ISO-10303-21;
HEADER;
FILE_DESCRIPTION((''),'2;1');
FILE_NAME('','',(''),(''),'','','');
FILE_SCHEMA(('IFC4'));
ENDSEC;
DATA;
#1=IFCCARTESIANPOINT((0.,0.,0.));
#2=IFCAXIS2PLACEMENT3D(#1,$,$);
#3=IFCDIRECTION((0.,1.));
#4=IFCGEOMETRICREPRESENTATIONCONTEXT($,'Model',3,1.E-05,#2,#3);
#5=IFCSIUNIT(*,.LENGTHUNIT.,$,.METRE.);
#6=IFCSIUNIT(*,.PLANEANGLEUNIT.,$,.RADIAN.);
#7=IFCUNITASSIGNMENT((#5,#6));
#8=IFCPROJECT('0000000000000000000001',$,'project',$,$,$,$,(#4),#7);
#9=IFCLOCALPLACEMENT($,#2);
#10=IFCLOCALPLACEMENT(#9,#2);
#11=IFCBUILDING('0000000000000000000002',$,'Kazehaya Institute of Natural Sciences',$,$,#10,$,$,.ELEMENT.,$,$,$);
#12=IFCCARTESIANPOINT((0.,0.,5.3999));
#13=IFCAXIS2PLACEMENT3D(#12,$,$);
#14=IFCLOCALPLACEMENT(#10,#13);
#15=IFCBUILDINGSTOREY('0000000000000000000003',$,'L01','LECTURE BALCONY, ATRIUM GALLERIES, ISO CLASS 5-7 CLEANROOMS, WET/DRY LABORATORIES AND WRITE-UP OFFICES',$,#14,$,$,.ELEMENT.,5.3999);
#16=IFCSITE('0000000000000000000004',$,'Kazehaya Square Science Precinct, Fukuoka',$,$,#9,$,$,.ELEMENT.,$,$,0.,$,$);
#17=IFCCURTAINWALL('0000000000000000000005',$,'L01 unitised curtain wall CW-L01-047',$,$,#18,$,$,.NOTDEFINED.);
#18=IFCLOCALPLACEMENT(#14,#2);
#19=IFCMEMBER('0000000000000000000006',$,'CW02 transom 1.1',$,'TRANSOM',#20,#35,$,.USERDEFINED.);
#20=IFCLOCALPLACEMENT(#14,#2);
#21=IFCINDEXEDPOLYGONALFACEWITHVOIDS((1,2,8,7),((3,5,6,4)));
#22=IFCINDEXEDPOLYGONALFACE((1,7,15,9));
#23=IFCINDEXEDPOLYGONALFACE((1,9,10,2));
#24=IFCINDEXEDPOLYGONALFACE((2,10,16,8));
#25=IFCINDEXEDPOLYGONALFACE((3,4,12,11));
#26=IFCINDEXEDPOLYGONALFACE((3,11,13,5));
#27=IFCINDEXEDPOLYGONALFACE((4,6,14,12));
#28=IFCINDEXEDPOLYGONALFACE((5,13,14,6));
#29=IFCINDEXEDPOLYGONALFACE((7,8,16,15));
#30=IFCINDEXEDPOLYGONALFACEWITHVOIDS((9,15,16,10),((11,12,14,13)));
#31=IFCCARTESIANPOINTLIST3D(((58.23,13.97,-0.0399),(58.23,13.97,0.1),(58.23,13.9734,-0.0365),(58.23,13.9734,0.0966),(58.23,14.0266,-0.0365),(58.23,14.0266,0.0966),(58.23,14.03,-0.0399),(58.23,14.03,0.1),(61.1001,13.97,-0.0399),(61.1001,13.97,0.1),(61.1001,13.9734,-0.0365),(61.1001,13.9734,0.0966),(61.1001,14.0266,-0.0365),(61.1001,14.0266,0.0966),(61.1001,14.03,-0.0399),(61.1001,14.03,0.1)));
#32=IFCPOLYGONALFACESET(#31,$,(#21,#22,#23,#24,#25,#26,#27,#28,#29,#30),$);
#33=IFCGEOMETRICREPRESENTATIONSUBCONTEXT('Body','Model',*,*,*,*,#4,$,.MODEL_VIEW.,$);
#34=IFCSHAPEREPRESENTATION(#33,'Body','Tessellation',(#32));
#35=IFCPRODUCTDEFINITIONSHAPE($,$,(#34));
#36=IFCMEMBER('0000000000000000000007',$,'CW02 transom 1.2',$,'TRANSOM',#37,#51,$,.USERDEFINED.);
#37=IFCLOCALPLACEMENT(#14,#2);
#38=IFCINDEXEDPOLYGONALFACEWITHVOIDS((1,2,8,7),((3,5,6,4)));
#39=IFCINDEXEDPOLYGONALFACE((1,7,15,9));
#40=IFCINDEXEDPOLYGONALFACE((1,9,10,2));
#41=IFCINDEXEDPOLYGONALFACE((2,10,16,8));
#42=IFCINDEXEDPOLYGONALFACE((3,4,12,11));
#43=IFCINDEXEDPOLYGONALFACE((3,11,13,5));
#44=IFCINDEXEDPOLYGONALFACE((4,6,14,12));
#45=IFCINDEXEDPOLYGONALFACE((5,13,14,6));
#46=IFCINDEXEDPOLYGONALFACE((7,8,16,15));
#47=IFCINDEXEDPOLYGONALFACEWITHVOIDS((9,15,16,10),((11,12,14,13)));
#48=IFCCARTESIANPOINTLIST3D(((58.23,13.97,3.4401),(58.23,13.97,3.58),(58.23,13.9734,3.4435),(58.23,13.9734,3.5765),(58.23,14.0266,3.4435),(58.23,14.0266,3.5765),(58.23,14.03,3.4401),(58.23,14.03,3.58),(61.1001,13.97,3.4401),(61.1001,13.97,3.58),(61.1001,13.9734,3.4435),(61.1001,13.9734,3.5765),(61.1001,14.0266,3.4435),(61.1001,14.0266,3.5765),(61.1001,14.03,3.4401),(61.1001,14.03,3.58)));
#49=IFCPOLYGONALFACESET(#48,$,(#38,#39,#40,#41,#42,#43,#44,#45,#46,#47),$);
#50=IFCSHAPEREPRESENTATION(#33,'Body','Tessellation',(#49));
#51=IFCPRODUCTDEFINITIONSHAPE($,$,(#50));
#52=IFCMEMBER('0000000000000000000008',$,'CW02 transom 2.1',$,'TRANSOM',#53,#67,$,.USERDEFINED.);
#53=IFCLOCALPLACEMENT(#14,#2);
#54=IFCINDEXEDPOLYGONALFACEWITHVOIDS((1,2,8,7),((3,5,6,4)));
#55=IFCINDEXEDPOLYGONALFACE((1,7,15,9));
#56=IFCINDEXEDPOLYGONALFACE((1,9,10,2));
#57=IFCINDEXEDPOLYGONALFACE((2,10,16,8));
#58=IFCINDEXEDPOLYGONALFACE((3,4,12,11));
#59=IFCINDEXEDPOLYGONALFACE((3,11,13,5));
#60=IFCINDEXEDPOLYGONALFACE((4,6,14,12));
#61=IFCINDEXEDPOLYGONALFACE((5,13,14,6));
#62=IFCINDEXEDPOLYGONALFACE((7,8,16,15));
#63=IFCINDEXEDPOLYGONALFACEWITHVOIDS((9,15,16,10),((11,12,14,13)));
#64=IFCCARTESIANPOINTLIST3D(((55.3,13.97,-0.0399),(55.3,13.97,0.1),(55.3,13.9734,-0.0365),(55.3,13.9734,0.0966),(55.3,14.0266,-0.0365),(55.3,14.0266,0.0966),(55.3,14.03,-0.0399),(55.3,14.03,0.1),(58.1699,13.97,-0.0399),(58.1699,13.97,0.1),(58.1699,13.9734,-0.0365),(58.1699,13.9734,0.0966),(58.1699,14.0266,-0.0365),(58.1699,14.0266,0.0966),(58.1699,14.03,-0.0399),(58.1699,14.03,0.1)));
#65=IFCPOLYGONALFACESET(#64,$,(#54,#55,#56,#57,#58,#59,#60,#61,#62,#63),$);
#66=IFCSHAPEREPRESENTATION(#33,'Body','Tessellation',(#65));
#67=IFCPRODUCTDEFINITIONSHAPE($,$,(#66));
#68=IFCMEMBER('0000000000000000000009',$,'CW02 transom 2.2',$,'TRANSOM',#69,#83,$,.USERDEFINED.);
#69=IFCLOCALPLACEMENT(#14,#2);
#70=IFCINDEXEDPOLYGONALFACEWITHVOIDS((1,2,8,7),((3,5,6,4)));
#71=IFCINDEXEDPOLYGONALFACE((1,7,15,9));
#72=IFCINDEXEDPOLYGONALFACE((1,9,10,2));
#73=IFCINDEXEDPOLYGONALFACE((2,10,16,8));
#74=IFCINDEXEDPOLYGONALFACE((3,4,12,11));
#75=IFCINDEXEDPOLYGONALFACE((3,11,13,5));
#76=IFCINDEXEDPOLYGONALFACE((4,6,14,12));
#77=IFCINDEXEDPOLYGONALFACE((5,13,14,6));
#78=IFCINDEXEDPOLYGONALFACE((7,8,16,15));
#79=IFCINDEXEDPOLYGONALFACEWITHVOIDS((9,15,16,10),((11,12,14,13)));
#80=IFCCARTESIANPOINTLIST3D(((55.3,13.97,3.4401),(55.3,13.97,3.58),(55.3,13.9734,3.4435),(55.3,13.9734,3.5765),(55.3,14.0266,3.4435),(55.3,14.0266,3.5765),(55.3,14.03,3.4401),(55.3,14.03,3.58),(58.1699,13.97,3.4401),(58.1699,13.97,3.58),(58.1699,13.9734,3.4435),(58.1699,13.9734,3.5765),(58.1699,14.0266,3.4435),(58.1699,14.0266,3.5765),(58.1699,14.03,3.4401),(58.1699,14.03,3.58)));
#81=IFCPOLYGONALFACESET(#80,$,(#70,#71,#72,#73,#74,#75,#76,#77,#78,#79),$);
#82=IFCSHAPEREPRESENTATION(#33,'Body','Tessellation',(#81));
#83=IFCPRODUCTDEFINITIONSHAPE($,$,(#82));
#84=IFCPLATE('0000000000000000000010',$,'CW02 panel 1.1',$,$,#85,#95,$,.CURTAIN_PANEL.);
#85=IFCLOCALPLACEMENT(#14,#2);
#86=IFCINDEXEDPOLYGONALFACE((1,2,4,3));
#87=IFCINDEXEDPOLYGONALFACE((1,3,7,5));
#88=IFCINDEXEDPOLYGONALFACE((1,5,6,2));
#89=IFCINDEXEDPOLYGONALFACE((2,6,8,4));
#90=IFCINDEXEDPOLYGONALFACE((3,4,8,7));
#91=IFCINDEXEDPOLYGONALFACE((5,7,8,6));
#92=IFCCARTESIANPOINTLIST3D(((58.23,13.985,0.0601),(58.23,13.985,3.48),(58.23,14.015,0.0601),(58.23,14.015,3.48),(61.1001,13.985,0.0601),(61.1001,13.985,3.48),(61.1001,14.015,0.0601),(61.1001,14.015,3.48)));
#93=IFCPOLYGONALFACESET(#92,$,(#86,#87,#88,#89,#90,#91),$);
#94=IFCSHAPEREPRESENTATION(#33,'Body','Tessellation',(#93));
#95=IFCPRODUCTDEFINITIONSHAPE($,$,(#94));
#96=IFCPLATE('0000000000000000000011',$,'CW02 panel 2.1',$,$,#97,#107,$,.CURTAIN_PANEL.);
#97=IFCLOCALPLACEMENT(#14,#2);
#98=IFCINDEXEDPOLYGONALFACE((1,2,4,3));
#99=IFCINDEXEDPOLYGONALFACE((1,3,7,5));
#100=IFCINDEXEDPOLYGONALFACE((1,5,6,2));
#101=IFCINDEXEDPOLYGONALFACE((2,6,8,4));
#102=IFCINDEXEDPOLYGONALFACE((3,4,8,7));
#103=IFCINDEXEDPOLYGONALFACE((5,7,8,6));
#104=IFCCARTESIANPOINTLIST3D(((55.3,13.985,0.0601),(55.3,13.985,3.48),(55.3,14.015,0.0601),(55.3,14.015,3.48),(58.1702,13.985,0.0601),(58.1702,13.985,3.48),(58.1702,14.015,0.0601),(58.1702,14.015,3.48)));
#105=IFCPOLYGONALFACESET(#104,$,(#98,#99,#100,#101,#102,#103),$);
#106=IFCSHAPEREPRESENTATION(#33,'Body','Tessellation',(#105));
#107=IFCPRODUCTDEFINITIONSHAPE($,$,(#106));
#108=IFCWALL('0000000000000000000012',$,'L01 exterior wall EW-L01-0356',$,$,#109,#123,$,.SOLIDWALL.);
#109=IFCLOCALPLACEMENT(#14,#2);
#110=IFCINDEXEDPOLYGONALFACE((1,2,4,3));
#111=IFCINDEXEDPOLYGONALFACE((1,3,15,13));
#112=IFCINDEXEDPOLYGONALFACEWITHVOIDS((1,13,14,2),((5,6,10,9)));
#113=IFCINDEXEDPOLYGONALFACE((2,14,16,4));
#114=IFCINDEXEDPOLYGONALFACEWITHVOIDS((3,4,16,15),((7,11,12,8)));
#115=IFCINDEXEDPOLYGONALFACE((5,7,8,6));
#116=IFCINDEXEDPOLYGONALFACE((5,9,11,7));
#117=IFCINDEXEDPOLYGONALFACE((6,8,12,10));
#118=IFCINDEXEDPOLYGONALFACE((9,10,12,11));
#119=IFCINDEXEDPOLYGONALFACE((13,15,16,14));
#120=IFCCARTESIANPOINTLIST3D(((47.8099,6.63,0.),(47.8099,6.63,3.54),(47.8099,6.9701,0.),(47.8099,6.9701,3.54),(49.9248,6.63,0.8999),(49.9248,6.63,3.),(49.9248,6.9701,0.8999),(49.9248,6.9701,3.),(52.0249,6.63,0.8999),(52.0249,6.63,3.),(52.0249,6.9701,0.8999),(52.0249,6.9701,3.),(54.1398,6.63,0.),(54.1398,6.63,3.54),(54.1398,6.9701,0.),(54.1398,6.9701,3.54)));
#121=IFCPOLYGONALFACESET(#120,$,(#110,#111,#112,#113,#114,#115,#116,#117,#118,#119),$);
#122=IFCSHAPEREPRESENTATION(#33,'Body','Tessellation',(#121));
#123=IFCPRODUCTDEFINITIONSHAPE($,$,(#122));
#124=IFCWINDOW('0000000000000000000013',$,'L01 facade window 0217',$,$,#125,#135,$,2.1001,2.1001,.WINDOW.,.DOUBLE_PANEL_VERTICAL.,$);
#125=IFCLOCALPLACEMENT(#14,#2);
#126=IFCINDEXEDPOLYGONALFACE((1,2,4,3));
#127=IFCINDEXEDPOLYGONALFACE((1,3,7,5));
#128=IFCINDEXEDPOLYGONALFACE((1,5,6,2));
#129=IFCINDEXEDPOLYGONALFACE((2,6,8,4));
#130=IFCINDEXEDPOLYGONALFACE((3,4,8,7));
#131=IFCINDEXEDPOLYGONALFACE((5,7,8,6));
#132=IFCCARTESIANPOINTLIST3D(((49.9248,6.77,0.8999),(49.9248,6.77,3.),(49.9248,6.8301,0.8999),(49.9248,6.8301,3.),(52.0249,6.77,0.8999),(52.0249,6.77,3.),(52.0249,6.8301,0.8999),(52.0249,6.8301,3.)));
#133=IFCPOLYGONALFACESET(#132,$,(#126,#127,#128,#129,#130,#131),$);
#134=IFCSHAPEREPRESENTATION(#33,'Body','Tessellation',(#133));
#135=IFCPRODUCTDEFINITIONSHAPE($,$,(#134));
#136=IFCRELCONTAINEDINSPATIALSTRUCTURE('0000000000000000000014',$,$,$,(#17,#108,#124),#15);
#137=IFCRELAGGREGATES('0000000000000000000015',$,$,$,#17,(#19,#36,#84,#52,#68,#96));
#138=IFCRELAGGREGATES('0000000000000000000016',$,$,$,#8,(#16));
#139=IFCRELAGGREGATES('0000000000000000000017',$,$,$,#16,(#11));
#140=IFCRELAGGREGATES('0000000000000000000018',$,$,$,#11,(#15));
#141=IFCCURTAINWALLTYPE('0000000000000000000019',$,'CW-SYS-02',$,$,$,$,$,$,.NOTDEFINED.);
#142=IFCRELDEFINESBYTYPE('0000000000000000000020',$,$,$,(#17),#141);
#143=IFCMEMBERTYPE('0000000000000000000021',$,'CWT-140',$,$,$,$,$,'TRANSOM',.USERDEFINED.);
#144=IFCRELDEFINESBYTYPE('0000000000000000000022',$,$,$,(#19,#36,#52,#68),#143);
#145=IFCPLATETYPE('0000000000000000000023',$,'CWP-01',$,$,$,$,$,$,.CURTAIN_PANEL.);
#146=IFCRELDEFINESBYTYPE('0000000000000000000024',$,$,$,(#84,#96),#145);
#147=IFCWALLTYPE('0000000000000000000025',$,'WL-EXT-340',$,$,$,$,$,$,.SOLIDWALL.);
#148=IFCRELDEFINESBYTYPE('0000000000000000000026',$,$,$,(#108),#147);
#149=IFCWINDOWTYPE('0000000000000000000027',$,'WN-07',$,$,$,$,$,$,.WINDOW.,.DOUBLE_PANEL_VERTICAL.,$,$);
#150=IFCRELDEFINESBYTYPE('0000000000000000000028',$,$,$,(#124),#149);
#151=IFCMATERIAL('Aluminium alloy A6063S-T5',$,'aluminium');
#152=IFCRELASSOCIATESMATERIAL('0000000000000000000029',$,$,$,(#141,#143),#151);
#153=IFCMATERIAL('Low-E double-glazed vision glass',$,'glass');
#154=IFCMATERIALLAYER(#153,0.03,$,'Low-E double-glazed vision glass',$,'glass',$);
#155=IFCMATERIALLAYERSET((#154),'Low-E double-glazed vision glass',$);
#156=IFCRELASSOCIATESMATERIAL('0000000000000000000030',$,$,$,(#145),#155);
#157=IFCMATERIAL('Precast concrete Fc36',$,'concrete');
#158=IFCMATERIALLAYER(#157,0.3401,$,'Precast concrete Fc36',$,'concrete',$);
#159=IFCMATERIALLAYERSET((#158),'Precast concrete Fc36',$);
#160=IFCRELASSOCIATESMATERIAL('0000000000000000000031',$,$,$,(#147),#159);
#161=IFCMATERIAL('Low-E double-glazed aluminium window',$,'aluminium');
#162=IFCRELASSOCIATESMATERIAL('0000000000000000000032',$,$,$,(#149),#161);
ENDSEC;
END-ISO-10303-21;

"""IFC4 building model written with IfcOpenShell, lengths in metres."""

from ifc_helpers import new_model, si_unit, direction, frame, frame_2d, origin, origin_2d, place, context, subcontext, project, spatial, rectangle, hollow_rectangle, extrude, material, layer, layer_set, material_profile, profile_set, type_object, element, fill, aggregate, save


model = new_model("IFC4")

# Units and contexts
model_context = context("Model", 3, precision=1e-05, world=origin(), true_north=direction((0.0, 1.0)))
body_context = subcontext(model_context, "Body", "Model", "MODEL_VIEW")
ifc_project = project(units=[si_unit("LENGTHUNIT", "METRE"), si_unit("PLANEANGLEUNIT", "RADIAN")], contexts=[model_context])

# Site, building, storey
site_placement = place(None, origin())
site = spatial("IfcSite", under=ifc_project, at=site_placement, Name="Kazehaya Square Science Precinct, Fukuoka", CompositionType="ELEMENT", RefElevation=0.0)
building_placement = place(site_placement, origin())
building = spatial("IfcBuilding", under=site, at=building_placement, Name="Kazehaya Institute of Natural Sciences", CompositionType="ELEMENT")
storey_placement = place(building_placement, frame((0.0, 0.0, 5.3999)))
storey = spatial("IfcBuildingStorey", under=building, at=storey_placement, Name="L01", Description="LECTURE BALCONY, ATRIUM GALLERIES, ISO CLASS 5-7 CLEANROOMS, WET/DRY LABORATORIES AND WRITE-UP OFFICES", CompositionType="ELEMENT", Elevation=5.3999)

# Shared definitions
ifc_material_1 = material(Name="Precast concrete Fc36", Category="concrete")

# Shared definitions
ifc_material_2 = material(Name="Aluminium alloy A6063S-T5", Category="aluminium")
curtain_wall_type = type_object("IfcCurtainWallType", Name="CW-SYS-02", PredefinedType="NOTDEFINED", material=ifc_material_2)

# Curtain wall, members, plates
curtain_wall_1_placement = place(storey_placement, origin())
curtain_wall_1 = element("IfcCurtainWall", 1, at=curtain_wall_1_placement, inside=storey, type_object=curtain_wall_type, Name="L01 unitised curtain wall CW-L01-047", PredefinedType="NOTDEFINED")
ifc_material_profile_1 = material_profile(ifc_material_2, hollow_rectangle(XDim=0.0601, YDim=0.1399, WallThickness=0.0034, at=origin_2d()), Name="ALU-60x140x3.5")
ifc_profile_set_1 = profile_set([ifc_material_profile_1], Name="Aluminium alloy A6063S-T5")
member_type_1 = type_object("IfcMemberType", Name="CWT-140", ElementType="TRANSOM", PredefinedType="USERDEFINED", material=ifc_profile_set_1)
member_1_placement = place(storey_placement, frame((61.1001, 14.0, 0.03), z_axis=(-1.0, 0.0, 0.0), x_axis=(0.0, -1.0, 0.0)))
member_1 = element("IfcMember", 2, at=member_1_placement, type_object=member_type_1, Name="CW02 transom 1.1", ObjectType="TRANSOM", PredefinedType="USERDEFINED", context=body_context, shape_type="SweptSolid", body=[
    extrude(hollow_rectangle(XDim=0.0601, YDim=0.1399, WallThickness=0.0034, at=origin_2d()), origin(), (0.0, 0.0, 1.0), 2.8701),
])
member_2_placement = place(storey_placement, frame((61.1001, 14.0, 3.51), z_axis=(-1.0, 0.0, 0.0), x_axis=(0.0, -1.0, 0.0)))
member_2 = element("IfcMember", 3, at=member_2_placement, type_object=member_type_1, Name="CW02 transom 1.2", ObjectType="TRANSOM", PredefinedType="USERDEFINED", context=body_context, shape_type="SweptSolid", body=[
    extrude(hollow_rectangle(XDim=0.0601, YDim=0.1399, WallThickness=0.0034, at=origin_2d()), origin(), (0.0, 0.0, 1.0), 2.8701),
])
member_3_placement = place(storey_placement, frame((58.1699, 14.0, 0.03), z_axis=(-1.0, 0.0, 0.0), x_axis=(0.0, -1.0, 0.0)))
member_3 = element("IfcMember", 4, at=member_3_placement, type_object=member_type_1, Name="CW02 transom 2.1", ObjectType="TRANSOM", PredefinedType="USERDEFINED", context=body_context, shape_type="SweptSolid", body=[
    extrude(hollow_rectangle(XDim=0.0601, YDim=0.1399, WallThickness=0.0034, at=origin_2d()), origin(), (0.0, 0.0, 1.0), 2.8699),
])
member_4_placement = place(storey_placement, frame((58.1699, 14.0, 3.51), z_axis=(-1.0, 0.0, 0.0), x_axis=(0.0, -1.0, 0.0)))
member_4 = element("IfcMember", 5, at=member_4_placement, type_object=member_type_1, Name="CW02 transom 2.2", ObjectType="TRANSOM", PredefinedType="USERDEFINED", context=body_context, shape_type="SweptSolid", body=[
    extrude(hollow_rectangle(XDim=0.0601, YDim=0.1399, WallThickness=0.0034, at=origin_2d()), origin(), (0.0, 0.0, 1.0), 2.8699),
])
ifc_material_3 = material(Name="Low-E double-glazed vision glass", Category="glass")
ifc_layer_1 = layer(ifc_material_3, 0.03, Name="Low-E double-glazed vision glass", Category="glass")
ifc_layer_set_1 = layer_set([ifc_layer_1], Name="Low-E double-glazed vision glass")
plate_type = type_object("IfcPlateType", Name="CWP-01", PredefinedType="CURTAIN_PANEL", material=ifc_layer_set_1)
plate_1_placement = place(storey_placement, frame((59.665, 14.0, 0.0601), z_axis=(0.0, 0.0, 1.0), x_axis=(-1.0, 0.0, 0.0)))
plate_1 = element("IfcPlate", 6, at=plate_1_placement, type_object=plate_type, Name="CW02 panel 1.1", PredefinedType="CURTAIN_PANEL", context=body_context, shape_type="SweptSolid", body=[
    extrude(rectangle(XDim=2.8701, YDim=0.03, at=origin_2d()), origin(), (0.0, 0.0, 1.0), 3.4199),
])
plate_2_placement = place(storey_placement, frame((56.7351, 14.0, 0.0601), z_axis=(0.0, 0.0, 1.0), x_axis=(-1.0, 0.0, 0.0)))
plate_2 = element("IfcPlate", 7, at=plate_2_placement, type_object=plate_type, Name="CW02 panel 2.1", PredefinedType="CURTAIN_PANEL", context=body_context, shape_type="SweptSolid", body=[
    extrude(rectangle(XDim=2.8701, YDim=0.03, at=origin_2d()), origin(), (0.0, 0.0, 1.0), 3.4199),
])
aggregate(curtain_wall_1, [member_1, member_2, plate_1, member_3, member_4, plate_2])

# Wall, opening, window
ifc_layer_2 = layer(ifc_material_1, 0.3401, Name="Precast concrete Fc36", Category="concrete")
ifc_layer_set_2 = layer_set([ifc_layer_2], Name="Precast concrete Fc36")
wall_type = type_object("IfcWallType", Name="WL-EXT-340", PredefinedType="SOLIDWALL", material=ifc_layer_set_2)
wall_placement = place(storey_placement, frame((54.1399, 6.8, 0.0), z_axis=(0.0, 0.0, 1.0), x_axis=(-1.0, 0.0, 0.0)))
wall = element("IfcWall", 8, at=wall_placement, inside=storey, type_object=wall_type, Name="L01 exterior wall EW-L01-0356", PredefinedType="SOLIDWALL", context=body_context, shape_type="SweptSolid", body=[
    extrude(rectangle(XDim=6.3298, YDim=0.3401, at=frame_2d((3.165, 0.0))), origin(), (0.0, 0.0, 1.0), 3.54),
])
opening_placement = place(wall_placement, frame((2.115, 0.0, 0.8999)))
opening = element("IfcOpeningElement", 9, at=opening_placement, cuts=wall, PredefinedType="OPENING", context=body_context, shape_type="SweptSolid", body=[
    extrude(rectangle(XDim=2.1001, YDim=2.1001, at=frame_2d((1.05, 1.05))), frame((0.0, 0.1799, 0.0), z_axis=(0.0, -1.0, 0.0), x_axis=(1.0, 0.0, 0.0)), (0.0, 0.0, 1.0), 0.3601),
])
ifc_material_4 = material(Name="Low-E double-glazed aluminium window", Category="aluminium")
window_type = type_object("IfcWindowType", Name="WN-07", PartitioningType="DOUBLE_PANEL_VERTICAL", PredefinedType="WINDOW", material=ifc_material_4)
window_placement = place(opening_placement, origin())
window = element("IfcWindow", 10, at=window_placement, inside=storey, type_object=window_type, Name="L01 facade window 0217", OverallHeight=2.1001, OverallWidth=2.1001, PartitioningType="DOUBLE_PANEL_VERTICAL", PredefinedType="WINDOW", context=body_context, shape_type="SweptSolid", body=[
    extrude(rectangle(XDim=2.1001, YDim=2.1001, at=frame_2d((1.05, 1.05))), frame((0.0, 0.03, 0.0), z_axis=(0.0, -1.0, 0.0), x_axis=(1.0, 0.0, 0.0)), (0.0, 0.0, 1.0), 0.0601),
])
fill(opening, window)

save(model, "model.ifc")
